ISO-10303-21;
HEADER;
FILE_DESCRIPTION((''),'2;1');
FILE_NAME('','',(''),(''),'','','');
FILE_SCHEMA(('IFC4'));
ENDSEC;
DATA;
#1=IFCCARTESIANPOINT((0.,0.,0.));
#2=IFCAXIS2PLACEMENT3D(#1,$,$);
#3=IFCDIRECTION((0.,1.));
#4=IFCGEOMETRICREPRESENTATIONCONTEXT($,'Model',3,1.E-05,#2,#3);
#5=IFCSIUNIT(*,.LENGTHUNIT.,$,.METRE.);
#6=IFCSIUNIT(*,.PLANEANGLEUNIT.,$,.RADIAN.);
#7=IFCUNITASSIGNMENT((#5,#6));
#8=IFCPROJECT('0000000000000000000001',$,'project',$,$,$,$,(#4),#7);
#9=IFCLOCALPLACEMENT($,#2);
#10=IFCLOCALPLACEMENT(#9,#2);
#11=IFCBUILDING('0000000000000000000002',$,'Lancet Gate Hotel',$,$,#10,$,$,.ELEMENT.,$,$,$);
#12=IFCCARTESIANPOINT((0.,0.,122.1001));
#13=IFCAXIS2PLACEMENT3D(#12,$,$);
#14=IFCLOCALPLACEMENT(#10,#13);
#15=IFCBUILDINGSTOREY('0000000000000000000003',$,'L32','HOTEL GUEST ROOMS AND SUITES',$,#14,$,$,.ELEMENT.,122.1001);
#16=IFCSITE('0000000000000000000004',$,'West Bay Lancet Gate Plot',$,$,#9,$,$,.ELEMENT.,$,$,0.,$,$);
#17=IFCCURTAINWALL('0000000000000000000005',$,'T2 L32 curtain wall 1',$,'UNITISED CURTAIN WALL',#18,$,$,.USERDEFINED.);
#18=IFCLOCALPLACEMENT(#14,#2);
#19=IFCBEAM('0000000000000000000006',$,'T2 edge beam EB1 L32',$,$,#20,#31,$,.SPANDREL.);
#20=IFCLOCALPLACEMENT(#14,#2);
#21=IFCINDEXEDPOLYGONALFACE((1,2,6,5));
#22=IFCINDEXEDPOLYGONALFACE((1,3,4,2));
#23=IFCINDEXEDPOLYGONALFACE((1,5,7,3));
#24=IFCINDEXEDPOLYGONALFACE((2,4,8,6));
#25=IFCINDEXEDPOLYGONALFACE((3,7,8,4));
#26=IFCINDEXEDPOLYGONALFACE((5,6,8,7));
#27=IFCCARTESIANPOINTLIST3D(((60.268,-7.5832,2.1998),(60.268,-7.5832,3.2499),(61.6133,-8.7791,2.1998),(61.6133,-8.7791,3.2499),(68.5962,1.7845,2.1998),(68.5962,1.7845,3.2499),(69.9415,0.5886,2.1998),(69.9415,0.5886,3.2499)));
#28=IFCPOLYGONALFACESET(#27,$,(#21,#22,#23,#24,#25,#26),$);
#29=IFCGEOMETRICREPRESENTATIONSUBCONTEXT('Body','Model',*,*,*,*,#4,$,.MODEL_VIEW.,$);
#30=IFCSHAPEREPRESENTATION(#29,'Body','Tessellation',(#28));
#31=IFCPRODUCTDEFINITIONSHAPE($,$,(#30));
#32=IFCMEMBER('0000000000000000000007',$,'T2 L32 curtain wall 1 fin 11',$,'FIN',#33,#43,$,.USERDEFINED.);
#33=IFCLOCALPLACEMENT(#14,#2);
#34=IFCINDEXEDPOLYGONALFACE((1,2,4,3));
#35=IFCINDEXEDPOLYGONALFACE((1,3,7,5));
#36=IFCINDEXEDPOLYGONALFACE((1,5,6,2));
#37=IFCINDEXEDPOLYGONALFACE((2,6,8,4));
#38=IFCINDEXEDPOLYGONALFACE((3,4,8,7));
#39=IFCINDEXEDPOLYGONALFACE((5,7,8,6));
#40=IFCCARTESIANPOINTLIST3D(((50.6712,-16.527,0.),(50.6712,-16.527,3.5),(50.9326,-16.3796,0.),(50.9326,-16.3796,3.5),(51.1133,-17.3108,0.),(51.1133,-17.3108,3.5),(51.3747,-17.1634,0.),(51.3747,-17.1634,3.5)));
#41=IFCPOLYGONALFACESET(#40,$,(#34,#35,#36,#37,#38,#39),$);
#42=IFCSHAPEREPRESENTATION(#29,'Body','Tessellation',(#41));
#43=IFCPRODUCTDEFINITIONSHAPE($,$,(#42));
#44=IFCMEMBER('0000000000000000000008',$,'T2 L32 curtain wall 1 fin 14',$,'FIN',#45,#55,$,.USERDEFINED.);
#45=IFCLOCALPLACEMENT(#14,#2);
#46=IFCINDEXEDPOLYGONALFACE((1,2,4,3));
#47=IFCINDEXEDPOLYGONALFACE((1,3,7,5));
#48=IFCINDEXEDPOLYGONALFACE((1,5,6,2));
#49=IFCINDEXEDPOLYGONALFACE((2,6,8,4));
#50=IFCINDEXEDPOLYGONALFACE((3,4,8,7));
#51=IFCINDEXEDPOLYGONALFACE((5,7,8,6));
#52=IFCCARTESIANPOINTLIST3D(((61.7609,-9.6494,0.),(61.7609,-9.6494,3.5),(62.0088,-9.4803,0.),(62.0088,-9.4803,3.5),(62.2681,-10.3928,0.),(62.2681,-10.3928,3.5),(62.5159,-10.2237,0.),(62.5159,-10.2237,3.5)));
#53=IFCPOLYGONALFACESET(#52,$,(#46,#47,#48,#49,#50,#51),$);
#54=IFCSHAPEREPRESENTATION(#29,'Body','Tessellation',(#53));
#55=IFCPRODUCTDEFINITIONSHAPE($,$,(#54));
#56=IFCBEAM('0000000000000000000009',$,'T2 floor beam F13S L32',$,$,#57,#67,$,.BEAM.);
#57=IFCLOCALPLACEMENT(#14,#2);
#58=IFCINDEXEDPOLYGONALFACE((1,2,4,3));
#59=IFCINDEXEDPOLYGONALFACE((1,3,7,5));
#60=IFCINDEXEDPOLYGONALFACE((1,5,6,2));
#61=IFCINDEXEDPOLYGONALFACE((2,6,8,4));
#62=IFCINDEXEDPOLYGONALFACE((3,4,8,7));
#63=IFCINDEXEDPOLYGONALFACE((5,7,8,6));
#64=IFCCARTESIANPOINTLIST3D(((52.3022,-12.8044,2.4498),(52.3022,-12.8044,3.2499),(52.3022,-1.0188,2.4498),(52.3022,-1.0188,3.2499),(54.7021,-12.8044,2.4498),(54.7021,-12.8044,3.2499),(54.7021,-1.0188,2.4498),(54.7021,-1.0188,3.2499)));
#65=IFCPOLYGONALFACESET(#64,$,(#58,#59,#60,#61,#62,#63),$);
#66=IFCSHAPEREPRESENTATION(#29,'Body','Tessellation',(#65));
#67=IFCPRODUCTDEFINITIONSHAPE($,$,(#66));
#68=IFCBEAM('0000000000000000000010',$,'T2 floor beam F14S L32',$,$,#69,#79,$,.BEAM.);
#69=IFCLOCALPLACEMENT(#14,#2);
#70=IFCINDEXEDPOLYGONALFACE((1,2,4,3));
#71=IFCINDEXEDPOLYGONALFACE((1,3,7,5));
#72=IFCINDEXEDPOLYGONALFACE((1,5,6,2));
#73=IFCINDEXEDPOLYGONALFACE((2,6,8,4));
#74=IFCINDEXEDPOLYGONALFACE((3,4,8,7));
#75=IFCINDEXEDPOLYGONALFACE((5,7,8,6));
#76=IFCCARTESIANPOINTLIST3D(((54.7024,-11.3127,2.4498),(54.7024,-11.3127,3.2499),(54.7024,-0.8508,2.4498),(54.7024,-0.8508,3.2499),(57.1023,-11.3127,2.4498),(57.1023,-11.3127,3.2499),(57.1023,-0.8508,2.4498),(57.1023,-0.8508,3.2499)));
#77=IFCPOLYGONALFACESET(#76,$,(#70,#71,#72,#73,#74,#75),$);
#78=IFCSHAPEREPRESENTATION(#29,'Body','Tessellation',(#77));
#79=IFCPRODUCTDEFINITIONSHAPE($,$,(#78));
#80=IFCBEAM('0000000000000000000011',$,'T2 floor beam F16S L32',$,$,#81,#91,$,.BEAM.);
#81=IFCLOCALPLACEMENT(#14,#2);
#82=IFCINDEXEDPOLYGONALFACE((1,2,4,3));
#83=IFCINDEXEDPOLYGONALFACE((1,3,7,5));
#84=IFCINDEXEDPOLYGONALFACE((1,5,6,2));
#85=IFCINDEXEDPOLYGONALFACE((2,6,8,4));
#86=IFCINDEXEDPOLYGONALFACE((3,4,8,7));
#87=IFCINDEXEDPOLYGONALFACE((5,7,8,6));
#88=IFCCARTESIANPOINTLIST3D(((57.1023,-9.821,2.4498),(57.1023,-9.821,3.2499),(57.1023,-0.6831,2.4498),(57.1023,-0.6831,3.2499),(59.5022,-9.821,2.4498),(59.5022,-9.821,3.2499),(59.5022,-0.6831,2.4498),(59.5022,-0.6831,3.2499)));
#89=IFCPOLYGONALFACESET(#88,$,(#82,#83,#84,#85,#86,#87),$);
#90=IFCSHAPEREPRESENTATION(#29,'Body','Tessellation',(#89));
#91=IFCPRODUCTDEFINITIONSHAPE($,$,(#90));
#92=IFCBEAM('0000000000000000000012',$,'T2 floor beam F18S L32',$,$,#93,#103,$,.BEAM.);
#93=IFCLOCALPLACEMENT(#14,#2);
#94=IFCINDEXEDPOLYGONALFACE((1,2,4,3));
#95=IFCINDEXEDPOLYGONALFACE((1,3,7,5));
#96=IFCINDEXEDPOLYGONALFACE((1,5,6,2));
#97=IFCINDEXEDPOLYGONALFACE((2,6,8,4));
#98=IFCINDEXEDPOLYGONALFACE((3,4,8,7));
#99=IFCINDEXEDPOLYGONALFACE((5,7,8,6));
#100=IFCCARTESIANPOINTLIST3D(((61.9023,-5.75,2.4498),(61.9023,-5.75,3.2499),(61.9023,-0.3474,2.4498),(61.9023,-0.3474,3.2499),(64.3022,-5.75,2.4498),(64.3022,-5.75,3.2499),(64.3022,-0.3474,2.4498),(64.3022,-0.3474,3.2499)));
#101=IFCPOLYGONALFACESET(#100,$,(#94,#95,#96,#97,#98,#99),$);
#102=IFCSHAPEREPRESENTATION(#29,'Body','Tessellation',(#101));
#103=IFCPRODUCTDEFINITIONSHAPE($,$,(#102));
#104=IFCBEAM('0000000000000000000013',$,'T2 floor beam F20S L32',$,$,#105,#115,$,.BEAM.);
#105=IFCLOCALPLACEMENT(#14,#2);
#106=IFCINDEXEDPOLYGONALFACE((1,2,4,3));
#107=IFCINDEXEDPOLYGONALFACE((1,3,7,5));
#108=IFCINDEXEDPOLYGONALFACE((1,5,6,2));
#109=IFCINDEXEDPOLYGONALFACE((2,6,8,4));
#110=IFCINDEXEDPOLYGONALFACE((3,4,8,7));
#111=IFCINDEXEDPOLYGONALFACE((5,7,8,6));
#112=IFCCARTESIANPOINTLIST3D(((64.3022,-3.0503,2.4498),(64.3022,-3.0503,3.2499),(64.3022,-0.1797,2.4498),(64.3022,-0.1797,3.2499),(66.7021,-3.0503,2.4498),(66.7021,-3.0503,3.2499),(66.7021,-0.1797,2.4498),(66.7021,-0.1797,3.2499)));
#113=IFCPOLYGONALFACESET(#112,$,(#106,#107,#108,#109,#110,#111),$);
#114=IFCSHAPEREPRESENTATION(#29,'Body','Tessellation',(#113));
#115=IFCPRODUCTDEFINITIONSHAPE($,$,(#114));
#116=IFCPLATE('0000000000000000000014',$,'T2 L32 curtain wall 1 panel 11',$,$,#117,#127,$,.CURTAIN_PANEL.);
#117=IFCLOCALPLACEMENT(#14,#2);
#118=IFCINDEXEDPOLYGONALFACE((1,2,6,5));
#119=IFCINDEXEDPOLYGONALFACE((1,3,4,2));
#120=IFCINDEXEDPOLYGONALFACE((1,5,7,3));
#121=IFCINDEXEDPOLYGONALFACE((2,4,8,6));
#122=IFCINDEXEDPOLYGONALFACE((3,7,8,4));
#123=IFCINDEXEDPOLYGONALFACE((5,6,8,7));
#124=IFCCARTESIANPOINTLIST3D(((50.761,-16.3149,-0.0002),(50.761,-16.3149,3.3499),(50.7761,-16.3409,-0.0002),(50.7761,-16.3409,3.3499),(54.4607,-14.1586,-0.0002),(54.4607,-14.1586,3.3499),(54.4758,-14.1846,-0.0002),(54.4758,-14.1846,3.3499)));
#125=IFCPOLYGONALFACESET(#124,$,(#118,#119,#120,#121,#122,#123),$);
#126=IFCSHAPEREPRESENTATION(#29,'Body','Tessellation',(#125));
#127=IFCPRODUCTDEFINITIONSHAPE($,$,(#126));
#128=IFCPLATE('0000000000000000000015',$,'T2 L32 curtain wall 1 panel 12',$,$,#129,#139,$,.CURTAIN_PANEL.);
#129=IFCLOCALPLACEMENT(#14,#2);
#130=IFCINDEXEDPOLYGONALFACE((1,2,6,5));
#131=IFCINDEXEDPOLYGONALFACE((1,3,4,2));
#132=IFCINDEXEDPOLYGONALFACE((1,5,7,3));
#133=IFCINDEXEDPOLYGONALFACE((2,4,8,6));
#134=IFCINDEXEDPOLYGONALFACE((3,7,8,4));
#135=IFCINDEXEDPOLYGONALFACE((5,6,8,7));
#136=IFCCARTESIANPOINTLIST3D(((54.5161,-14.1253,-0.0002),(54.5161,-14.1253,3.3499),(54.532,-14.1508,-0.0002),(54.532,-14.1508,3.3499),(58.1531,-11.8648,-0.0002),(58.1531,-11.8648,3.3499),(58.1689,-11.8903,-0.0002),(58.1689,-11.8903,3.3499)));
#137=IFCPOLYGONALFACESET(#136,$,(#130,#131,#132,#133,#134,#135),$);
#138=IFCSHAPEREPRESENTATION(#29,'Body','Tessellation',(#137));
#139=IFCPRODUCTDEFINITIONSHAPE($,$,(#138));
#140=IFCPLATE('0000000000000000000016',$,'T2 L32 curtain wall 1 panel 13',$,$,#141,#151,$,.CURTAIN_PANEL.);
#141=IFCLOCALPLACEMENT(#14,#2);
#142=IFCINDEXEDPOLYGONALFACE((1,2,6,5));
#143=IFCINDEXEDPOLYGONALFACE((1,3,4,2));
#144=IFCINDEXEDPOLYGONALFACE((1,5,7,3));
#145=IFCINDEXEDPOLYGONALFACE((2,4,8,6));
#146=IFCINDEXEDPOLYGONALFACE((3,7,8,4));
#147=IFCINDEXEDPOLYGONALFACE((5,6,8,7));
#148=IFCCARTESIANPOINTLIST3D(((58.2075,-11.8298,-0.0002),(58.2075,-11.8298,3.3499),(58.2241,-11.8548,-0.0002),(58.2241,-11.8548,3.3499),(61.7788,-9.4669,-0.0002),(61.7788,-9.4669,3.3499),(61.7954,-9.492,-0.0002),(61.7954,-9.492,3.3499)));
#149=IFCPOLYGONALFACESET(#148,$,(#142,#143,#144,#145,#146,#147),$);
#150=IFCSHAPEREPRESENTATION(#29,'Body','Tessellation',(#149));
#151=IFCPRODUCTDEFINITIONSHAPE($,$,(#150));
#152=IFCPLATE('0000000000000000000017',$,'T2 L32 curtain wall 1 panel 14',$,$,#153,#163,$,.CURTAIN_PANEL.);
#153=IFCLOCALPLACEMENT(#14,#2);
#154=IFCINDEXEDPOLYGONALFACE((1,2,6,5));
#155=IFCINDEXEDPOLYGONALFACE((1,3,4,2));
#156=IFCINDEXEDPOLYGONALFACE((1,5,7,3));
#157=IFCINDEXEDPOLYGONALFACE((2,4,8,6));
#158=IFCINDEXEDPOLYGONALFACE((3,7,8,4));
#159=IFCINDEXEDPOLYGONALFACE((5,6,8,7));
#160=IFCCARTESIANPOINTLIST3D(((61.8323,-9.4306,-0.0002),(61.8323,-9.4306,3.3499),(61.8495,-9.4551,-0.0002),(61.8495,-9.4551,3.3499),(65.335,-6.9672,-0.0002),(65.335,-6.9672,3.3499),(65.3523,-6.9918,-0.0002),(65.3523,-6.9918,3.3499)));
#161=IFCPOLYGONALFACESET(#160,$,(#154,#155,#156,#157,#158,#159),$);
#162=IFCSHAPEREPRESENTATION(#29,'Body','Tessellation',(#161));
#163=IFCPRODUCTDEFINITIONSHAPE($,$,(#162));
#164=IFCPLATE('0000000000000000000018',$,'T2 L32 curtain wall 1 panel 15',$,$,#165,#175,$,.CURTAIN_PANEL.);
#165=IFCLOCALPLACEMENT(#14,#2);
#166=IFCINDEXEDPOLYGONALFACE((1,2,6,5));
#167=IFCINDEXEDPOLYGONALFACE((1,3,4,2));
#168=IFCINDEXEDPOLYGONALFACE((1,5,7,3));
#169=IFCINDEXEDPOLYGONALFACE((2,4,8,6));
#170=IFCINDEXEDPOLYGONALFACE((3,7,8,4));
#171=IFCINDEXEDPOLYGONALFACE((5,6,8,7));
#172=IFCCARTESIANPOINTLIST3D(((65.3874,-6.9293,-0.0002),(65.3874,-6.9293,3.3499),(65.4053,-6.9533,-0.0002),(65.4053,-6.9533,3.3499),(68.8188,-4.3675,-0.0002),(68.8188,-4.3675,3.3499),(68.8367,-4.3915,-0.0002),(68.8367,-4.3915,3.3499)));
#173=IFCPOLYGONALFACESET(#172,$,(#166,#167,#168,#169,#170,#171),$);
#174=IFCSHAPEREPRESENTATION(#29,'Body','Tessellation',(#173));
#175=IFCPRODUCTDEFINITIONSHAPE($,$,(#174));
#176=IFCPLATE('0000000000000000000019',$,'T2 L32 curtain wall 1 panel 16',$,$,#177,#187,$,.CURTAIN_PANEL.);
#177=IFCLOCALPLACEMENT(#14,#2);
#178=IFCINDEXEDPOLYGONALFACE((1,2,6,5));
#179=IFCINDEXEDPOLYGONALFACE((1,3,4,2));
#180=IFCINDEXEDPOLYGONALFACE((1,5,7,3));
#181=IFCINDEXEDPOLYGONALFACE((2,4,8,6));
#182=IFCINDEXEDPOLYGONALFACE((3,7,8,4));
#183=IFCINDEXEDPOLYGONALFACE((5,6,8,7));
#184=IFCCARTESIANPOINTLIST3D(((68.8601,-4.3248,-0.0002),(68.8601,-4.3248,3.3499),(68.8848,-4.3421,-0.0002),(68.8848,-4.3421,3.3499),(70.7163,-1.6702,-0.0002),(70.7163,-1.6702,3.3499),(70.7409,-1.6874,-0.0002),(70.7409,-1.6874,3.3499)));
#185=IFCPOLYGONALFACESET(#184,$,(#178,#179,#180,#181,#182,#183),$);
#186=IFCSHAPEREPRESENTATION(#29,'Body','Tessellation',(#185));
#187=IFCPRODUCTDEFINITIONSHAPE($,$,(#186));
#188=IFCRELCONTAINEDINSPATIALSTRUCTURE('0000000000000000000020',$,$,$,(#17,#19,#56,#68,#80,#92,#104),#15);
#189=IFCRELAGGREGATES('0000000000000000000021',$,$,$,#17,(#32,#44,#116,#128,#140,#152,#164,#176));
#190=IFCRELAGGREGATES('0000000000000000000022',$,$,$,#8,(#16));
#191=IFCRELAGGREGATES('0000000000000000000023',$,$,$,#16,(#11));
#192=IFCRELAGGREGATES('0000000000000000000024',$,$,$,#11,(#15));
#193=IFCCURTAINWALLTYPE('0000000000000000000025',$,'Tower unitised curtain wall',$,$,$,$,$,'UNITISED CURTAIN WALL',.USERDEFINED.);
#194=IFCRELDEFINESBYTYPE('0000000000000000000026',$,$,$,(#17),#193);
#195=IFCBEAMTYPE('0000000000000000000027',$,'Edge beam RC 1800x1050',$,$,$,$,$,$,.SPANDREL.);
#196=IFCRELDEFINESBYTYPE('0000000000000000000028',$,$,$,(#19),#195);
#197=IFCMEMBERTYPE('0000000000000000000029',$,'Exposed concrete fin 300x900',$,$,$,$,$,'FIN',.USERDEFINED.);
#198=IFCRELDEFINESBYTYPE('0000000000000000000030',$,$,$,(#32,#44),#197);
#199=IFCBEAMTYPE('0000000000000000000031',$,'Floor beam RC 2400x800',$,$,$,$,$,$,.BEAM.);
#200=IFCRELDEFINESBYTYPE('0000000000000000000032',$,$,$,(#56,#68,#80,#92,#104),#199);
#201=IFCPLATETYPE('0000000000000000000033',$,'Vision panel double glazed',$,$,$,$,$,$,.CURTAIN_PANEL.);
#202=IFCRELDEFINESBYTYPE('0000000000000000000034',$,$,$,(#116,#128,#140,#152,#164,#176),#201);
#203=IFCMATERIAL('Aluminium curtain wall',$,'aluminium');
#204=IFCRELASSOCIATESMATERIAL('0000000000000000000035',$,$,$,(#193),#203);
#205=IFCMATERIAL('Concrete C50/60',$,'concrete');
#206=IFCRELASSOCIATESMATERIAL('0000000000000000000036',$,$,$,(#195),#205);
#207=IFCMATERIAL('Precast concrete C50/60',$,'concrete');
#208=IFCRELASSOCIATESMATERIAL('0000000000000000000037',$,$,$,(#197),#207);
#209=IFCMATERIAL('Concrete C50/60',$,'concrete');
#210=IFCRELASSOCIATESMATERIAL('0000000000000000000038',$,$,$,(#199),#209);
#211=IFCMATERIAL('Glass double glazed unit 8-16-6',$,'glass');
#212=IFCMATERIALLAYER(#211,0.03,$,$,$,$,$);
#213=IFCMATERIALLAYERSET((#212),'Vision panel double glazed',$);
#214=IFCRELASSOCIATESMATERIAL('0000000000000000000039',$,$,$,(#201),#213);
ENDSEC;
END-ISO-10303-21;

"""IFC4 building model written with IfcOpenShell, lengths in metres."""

from ifc_helpers import new_model, si_unit, direction, frame, origin, origin_2d, place, context, subcontext, project, spatial, rectangle, extrude, material, layer, layer_set, material_profile, profile_set, type_object, element, aggregate, save


model = new_model("IFC4")

# Units and contexts
model_context = context("Model", 3, precision=1e-05, world=origin(), true_north=direction((0.0, 1.0)))
body_context = subcontext(model_context, "Body", "Model", "MODEL_VIEW")
ifc_project = project(units=[si_unit("LENGTHUNIT", "METRE"), si_unit("PLANEANGLEUNIT", "RADIAN")], contexts=[model_context])

# Site, building, storey
site_placement = place(None, origin())
site = spatial("IfcSite", under=ifc_project, at=site_placement, Name="West Bay Lancet Gate Plot", CompositionType="ELEMENT", RefElevation=0.0)
building_placement = place(site_placement, origin())
building = spatial("IfcBuilding", under=site, at=building_placement, Name="Lancet Gate Hotel", CompositionType="ELEMENT")
storey_placement = place(building_placement, frame((0.0, 0.0, 122.1001)))
storey = spatial("IfcBuildingStorey", under=building, at=storey_placement, Name="L32", Description="HOTEL GUEST ROOMS AND SUITES", CompositionType="ELEMENT", Elevation=122.1001)

# Curtain wall
ifc_material_1 = material(Name="Aluminium curtain wall", Category="aluminium")
curtain_wall_type = type_object("IfcCurtainWallType", Name="Tower unitised curtain wall", ElementType="UNITISED CURTAIN WALL", PredefinedType="USERDEFINED", material=ifc_material_1)
curtain_wall_placement = place(storey_placement, origin())
curtain_wall = element("IfcCurtainWall", 1, at=curtain_wall_placement, inside=storey, type_object=curtain_wall_type, Name="T2 L32 curtain wall 1", ObjectType="UNITISED CURTAIN WALL", PredefinedType="USERDEFINED")

# Beam
ifc_material_2 = material(Name="Concrete C50/60", Category="concrete")
ifc_material_profile_1 = material_profile(ifc_material_2, rectangle(XDim=1.8, YDim=1.05, at=origin_2d()), Name="RC 1800x1050")
ifc_profile_set_1 = profile_set([ifc_material_profile_1], Name="Concrete C50/60")
beam_type_1 = type_object("IfcBeamType", Name="Edge beam RC 1800x1050", PredefinedType="SPANDREL", material=ifc_profile_set_1)
beam_1_placement = place(storey_placement, frame((60.9407, -8.1812, 2.7249), z_axis=(0.664422, 0.747358, 0.0), x_axis=(-0.747358, 0.664422, 0.0)))
element("IfcBeam", 2, at=beam_1_placement, inside=storey, type_object=beam_type_1, Name="T2 edge beam EB1 L32", PredefinedType="SPANDREL", context=body_context, shape_type="SweptSolid", body=[
    extrude(rectangle(XDim=1.8, YDim=1.05, at=origin_2d()), origin(), (0.0, 0.0, 1.0), 12.5344),
])

# Members
ifc_material_3 = material(Name="Precast concrete C50/60", Category="concrete")
ifc_material_profile_2 = material_profile(ifc_material_3, rectangle(XDim=0.3, YDim=0.8999, at=origin_2d()), Name="FIN 300x900")
ifc_profile_set_2 = profile_set([ifc_material_profile_2], Name="Precast concrete C50/60")
member_type_1 = type_object("IfcMemberType", Name="Exposed concrete fin 300x900", ElementType="FIN", PredefinedType="USERDEFINED", material=ifc_profile_set_2)
member_1_placement = place(storey_placement, frame((51.0229, -16.8452, 0.0), z_axis=(0.0, 0.0, 1.0), x_axis=(0.871029, 0.491232, 0.0)))
member_1 = element("IfcMember", 3, at=member_1_placement, type_object=member_type_1, Name="T2 L32 curtain wall 1 fin 11", ObjectType="FIN", PredefinedType="USERDEFINED", context=body_context, shape_type="SweptSolid", body=[
    extrude(rectangle(XDim=0.3, YDim=0.8999, at=origin_2d()), origin(), (0.0, 0.0, 1.0), 3.5),
])
member_2_placement = place(storey_placement, frame((62.1384, -9.9365, 0.0), z_axis=(0.0, 0.0, 1.0), x_axis=(0.826066, 0.563574, 0.0)))
member_2 = element("IfcMember", 4, at=member_2_placement, type_object=member_type_1, Name="T2 L32 curtain wall 1 fin 14", ObjectType="FIN", PredefinedType="USERDEFINED", context=body_context, shape_type="SweptSolid", body=[
    extrude(rectangle(XDim=0.3, YDim=0.8999, at=origin_2d()), origin(), (0.0, 0.0, 1.0), 3.5),
])

# Beams
ifc_material_4 = material(Name="Concrete C50/60", Category="concrete")
ifc_material_profile_3 = material_profile(ifc_material_4, rectangle(XDim=2.3999, YDim=0.8, at=origin_2d()), Name="RC 2400x800")
ifc_profile_set_3 = profile_set([ifc_material_profile_3], Name="Concrete C50/60")
beam_type_2 = type_object("IfcBeamType", Name="Floor beam RC 2400x800", PredefinedType="BEAM", material=ifc_profile_set_3)
beam_2_placement = place(storey_placement, frame((53.5022, -12.8044, 2.8499), z_axis=(0.0, 1.0, 0.0), x_axis=(-1.0, 0.0, 0.0)))
element("IfcBeam", 5, at=beam_2_placement, inside=storey, type_object=beam_type_2, Name="T2 floor beam F13S L32", PredefinedType="BEAM", context=body_context, shape_type="SweptSolid", body=[
    extrude(rectangle(XDim=2.3999, YDim=0.8, at=origin_2d()), origin(), (0.0, 0.0, 1.0), 11.7856),
])
beam_3_placement = place(storey_placement, frame((55.9023, -11.3127, 2.8499), z_axis=(0.0, 1.0, 0.0), x_axis=(-1.0, 0.0, 0.0)))
element("IfcBeam", 6, at=beam_3_placement, inside=storey, type_object=beam_type_2, Name="T2 floor beam F14S L32", PredefinedType="BEAM", context=body_context, shape_type="SweptSolid", body=[
    extrude(rectangle(XDim=2.3999, YDim=0.8, at=origin_2d()), origin(), (0.0, 0.0, 1.0), 10.4619),
])
beam_4_placement = place(storey_placement, frame((58.3022, -9.821, 2.8499), z_axis=(0.0, 1.0, 0.0), x_axis=(-1.0, 0.0, 0.0)))
element("IfcBeam", 7, at=beam_4_placement, inside=storey, type_object=beam_type_2, Name="T2 floor beam F16S L32", PredefinedType="BEAM", context=body_context, shape_type="SweptSolid", body=[
    extrude(rectangle(XDim=2.3999, YDim=0.8, at=origin_2d()), origin(), (0.0, 0.0, 1.0), 9.1379),
])
beam_5_placement = place(storey_placement, frame((63.1023, -5.75, 2.8499), z_axis=(0.0, 1.0, 0.0), x_axis=(-1.0, 0.0, 0.0)))
element("IfcBeam", 8, at=beam_5_placement, inside=storey, type_object=beam_type_2, Name="T2 floor beam F18S L32", PredefinedType="BEAM", context=body_context, shape_type="SweptSolid", body=[
    extrude(rectangle(XDim=2.3999, YDim=0.8, at=origin_2d()), origin(), (0.0, 0.0, 1.0), 5.4026),
])
beam_6_placement = place(storey_placement, frame((65.5022, -3.0503, 2.8499), z_axis=(0.0, 1.0, 0.0), x_axis=(-1.0, 0.0, 0.0)))
element("IfcBeam", 9, at=beam_6_placement, inside=storey, type_object=beam_type_2, Name="T2 floor beam F20S L32", PredefinedType="BEAM", context=body_context, shape_type="SweptSolid", body=[
    extrude(rectangle(XDim=2.3999, YDim=0.8, at=origin_2d()), origin(), (0.0, 0.0, 1.0), 2.8706),
])

# Plates
ifc_material_5 = material(Name="Glass double glazed unit 8-16-6", Category="glass")
ifc_layer_1 = layer(ifc_material_5, 0.03)
ifc_layer_set_1 = layer_set([ifc_layer_1], Name="Vision panel double glazed")
plate_type = type_object("IfcPlateType", Name="Vision panel double glazed", PredefinedType="CURTAIN_PANEL", material=ifc_layer_set_1)
plate_1_placement = place(storey_placement, frame((52.6184, -15.2498, -0.0002), z_axis=(0.0, 0.0, 1.0), x_axis=(0.863966, 0.503551, 0.0)))
plate_1 = element("IfcPlate", 10, at=plate_1_placement, type_object=plate_type, Name="T2 L32 curtain wall 1 panel 11", PredefinedType="CURTAIN_PANEL", context=body_context, shape_type="SweptSolid", body=[
    extrude(rectangle(XDim=4.2822, YDim=0.03, at=origin_2d()), origin(), (0.0, 0.0, 1.0), 3.3501),
])
plate_2_placement = place(storey_placement, frame((56.3425, -13.0078, -0.0002), z_axis=(0.0, 0.0, 1.0), x_axis=(0.849318, 0.527882, 0.0)))
plate_2 = element("IfcPlate", 11, at=plate_2_placement, type_object=plate_type, Name="T2 L32 curtain wall 1 panel 12", PredefinedType="CURTAIN_PANEL", context=body_context, shape_type="SweptSolid", body=[
    extrude(rectangle(XDim=4.2822, YDim=0.03, at=origin_2d()), origin(), (0.0, 0.0, 1.0), 3.3501),
])
plate_3_placement = place(storey_placement, frame((60.0015, -10.6609, -0.0002), z_axis=(0.0, 0.0, 1.0), x_axis=(0.833985, 0.551787, 0.0)))
plate_3 = element("IfcPlate", 12, at=plate_3_placement, type_object=plate_type, Name="T2 L32 curtain wall 1 panel 13", PredefinedType="CURTAIN_PANEL", context=body_context, shape_type="SweptSolid", body=[
    extrude(rectangle(XDim=4.2822, YDim=0.03, at=origin_2d()), origin(), (0.0, 0.0, 1.0), 3.3501),
])
plate_4_placement = place(storey_placement, frame((63.5923, -8.2112, -0.0002), z_axis=(0.0, 0.0, 1.0), x_axis=(0.817979, 0.575247, 0.0)))
plate_4 = element("IfcPlate", 13, at=plate_4_placement, type_object=plate_type, Name="T2 L32 curtain wall 1 panel 14", PredefinedType="CURTAIN_PANEL", context=body_context, shape_type="SweptSolid", body=[
    extrude(rectangle(XDim=4.2822, YDim=0.03, at=origin_2d()), origin(), (0.0, 0.0, 1.0), 3.3501),
])
plate_5_placement = place(storey_placement, frame((67.1121, -5.6604, -0.0002), z_axis=(0.0, 0.0, 1.0), x_axis=(0.801314, 0.598244, 0.0)))
plate_5 = element("IfcPlate", 14, at=plate_5_placement, type_object=plate_type, Name="T2 L32 curtain wall 1 panel 15", PredefinedType="CURTAIN_PANEL", context=body_context, shape_type="SweptSolid", body=[
    extrude(rectangle(XDim=4.2822, YDim=0.03, at=origin_2d()), origin(), (0.0, 0.0, 1.0), 3.3501),
])
plate_6_placement = place(storey_placement, frame((69.8005, -3.0061, -0.0002), z_axis=(0.0, 0.0, 1.0), x_axis=(0.573025, 0.819538, 0.0)))
plate_6 = element("IfcPlate", 15, at=plate_6_placement, type_object=plate_type, Name="T2 L32 curtain wall 1 panel 16", PredefinedType="CURTAIN_PANEL", context=body_context, shape_type="SweptSolid", body=[
    extrude(rectangle(XDim=3.2393, YDim=0.03, at=origin_2d()), origin(), (0.0, 0.0, 1.0), 3.3501),
])
aggregate(curtain_wall, [member_1, member_2, plate_1, plate_2, plate_3, plate_4, plate_5, plate_6])

save(model, "model.ifc")
